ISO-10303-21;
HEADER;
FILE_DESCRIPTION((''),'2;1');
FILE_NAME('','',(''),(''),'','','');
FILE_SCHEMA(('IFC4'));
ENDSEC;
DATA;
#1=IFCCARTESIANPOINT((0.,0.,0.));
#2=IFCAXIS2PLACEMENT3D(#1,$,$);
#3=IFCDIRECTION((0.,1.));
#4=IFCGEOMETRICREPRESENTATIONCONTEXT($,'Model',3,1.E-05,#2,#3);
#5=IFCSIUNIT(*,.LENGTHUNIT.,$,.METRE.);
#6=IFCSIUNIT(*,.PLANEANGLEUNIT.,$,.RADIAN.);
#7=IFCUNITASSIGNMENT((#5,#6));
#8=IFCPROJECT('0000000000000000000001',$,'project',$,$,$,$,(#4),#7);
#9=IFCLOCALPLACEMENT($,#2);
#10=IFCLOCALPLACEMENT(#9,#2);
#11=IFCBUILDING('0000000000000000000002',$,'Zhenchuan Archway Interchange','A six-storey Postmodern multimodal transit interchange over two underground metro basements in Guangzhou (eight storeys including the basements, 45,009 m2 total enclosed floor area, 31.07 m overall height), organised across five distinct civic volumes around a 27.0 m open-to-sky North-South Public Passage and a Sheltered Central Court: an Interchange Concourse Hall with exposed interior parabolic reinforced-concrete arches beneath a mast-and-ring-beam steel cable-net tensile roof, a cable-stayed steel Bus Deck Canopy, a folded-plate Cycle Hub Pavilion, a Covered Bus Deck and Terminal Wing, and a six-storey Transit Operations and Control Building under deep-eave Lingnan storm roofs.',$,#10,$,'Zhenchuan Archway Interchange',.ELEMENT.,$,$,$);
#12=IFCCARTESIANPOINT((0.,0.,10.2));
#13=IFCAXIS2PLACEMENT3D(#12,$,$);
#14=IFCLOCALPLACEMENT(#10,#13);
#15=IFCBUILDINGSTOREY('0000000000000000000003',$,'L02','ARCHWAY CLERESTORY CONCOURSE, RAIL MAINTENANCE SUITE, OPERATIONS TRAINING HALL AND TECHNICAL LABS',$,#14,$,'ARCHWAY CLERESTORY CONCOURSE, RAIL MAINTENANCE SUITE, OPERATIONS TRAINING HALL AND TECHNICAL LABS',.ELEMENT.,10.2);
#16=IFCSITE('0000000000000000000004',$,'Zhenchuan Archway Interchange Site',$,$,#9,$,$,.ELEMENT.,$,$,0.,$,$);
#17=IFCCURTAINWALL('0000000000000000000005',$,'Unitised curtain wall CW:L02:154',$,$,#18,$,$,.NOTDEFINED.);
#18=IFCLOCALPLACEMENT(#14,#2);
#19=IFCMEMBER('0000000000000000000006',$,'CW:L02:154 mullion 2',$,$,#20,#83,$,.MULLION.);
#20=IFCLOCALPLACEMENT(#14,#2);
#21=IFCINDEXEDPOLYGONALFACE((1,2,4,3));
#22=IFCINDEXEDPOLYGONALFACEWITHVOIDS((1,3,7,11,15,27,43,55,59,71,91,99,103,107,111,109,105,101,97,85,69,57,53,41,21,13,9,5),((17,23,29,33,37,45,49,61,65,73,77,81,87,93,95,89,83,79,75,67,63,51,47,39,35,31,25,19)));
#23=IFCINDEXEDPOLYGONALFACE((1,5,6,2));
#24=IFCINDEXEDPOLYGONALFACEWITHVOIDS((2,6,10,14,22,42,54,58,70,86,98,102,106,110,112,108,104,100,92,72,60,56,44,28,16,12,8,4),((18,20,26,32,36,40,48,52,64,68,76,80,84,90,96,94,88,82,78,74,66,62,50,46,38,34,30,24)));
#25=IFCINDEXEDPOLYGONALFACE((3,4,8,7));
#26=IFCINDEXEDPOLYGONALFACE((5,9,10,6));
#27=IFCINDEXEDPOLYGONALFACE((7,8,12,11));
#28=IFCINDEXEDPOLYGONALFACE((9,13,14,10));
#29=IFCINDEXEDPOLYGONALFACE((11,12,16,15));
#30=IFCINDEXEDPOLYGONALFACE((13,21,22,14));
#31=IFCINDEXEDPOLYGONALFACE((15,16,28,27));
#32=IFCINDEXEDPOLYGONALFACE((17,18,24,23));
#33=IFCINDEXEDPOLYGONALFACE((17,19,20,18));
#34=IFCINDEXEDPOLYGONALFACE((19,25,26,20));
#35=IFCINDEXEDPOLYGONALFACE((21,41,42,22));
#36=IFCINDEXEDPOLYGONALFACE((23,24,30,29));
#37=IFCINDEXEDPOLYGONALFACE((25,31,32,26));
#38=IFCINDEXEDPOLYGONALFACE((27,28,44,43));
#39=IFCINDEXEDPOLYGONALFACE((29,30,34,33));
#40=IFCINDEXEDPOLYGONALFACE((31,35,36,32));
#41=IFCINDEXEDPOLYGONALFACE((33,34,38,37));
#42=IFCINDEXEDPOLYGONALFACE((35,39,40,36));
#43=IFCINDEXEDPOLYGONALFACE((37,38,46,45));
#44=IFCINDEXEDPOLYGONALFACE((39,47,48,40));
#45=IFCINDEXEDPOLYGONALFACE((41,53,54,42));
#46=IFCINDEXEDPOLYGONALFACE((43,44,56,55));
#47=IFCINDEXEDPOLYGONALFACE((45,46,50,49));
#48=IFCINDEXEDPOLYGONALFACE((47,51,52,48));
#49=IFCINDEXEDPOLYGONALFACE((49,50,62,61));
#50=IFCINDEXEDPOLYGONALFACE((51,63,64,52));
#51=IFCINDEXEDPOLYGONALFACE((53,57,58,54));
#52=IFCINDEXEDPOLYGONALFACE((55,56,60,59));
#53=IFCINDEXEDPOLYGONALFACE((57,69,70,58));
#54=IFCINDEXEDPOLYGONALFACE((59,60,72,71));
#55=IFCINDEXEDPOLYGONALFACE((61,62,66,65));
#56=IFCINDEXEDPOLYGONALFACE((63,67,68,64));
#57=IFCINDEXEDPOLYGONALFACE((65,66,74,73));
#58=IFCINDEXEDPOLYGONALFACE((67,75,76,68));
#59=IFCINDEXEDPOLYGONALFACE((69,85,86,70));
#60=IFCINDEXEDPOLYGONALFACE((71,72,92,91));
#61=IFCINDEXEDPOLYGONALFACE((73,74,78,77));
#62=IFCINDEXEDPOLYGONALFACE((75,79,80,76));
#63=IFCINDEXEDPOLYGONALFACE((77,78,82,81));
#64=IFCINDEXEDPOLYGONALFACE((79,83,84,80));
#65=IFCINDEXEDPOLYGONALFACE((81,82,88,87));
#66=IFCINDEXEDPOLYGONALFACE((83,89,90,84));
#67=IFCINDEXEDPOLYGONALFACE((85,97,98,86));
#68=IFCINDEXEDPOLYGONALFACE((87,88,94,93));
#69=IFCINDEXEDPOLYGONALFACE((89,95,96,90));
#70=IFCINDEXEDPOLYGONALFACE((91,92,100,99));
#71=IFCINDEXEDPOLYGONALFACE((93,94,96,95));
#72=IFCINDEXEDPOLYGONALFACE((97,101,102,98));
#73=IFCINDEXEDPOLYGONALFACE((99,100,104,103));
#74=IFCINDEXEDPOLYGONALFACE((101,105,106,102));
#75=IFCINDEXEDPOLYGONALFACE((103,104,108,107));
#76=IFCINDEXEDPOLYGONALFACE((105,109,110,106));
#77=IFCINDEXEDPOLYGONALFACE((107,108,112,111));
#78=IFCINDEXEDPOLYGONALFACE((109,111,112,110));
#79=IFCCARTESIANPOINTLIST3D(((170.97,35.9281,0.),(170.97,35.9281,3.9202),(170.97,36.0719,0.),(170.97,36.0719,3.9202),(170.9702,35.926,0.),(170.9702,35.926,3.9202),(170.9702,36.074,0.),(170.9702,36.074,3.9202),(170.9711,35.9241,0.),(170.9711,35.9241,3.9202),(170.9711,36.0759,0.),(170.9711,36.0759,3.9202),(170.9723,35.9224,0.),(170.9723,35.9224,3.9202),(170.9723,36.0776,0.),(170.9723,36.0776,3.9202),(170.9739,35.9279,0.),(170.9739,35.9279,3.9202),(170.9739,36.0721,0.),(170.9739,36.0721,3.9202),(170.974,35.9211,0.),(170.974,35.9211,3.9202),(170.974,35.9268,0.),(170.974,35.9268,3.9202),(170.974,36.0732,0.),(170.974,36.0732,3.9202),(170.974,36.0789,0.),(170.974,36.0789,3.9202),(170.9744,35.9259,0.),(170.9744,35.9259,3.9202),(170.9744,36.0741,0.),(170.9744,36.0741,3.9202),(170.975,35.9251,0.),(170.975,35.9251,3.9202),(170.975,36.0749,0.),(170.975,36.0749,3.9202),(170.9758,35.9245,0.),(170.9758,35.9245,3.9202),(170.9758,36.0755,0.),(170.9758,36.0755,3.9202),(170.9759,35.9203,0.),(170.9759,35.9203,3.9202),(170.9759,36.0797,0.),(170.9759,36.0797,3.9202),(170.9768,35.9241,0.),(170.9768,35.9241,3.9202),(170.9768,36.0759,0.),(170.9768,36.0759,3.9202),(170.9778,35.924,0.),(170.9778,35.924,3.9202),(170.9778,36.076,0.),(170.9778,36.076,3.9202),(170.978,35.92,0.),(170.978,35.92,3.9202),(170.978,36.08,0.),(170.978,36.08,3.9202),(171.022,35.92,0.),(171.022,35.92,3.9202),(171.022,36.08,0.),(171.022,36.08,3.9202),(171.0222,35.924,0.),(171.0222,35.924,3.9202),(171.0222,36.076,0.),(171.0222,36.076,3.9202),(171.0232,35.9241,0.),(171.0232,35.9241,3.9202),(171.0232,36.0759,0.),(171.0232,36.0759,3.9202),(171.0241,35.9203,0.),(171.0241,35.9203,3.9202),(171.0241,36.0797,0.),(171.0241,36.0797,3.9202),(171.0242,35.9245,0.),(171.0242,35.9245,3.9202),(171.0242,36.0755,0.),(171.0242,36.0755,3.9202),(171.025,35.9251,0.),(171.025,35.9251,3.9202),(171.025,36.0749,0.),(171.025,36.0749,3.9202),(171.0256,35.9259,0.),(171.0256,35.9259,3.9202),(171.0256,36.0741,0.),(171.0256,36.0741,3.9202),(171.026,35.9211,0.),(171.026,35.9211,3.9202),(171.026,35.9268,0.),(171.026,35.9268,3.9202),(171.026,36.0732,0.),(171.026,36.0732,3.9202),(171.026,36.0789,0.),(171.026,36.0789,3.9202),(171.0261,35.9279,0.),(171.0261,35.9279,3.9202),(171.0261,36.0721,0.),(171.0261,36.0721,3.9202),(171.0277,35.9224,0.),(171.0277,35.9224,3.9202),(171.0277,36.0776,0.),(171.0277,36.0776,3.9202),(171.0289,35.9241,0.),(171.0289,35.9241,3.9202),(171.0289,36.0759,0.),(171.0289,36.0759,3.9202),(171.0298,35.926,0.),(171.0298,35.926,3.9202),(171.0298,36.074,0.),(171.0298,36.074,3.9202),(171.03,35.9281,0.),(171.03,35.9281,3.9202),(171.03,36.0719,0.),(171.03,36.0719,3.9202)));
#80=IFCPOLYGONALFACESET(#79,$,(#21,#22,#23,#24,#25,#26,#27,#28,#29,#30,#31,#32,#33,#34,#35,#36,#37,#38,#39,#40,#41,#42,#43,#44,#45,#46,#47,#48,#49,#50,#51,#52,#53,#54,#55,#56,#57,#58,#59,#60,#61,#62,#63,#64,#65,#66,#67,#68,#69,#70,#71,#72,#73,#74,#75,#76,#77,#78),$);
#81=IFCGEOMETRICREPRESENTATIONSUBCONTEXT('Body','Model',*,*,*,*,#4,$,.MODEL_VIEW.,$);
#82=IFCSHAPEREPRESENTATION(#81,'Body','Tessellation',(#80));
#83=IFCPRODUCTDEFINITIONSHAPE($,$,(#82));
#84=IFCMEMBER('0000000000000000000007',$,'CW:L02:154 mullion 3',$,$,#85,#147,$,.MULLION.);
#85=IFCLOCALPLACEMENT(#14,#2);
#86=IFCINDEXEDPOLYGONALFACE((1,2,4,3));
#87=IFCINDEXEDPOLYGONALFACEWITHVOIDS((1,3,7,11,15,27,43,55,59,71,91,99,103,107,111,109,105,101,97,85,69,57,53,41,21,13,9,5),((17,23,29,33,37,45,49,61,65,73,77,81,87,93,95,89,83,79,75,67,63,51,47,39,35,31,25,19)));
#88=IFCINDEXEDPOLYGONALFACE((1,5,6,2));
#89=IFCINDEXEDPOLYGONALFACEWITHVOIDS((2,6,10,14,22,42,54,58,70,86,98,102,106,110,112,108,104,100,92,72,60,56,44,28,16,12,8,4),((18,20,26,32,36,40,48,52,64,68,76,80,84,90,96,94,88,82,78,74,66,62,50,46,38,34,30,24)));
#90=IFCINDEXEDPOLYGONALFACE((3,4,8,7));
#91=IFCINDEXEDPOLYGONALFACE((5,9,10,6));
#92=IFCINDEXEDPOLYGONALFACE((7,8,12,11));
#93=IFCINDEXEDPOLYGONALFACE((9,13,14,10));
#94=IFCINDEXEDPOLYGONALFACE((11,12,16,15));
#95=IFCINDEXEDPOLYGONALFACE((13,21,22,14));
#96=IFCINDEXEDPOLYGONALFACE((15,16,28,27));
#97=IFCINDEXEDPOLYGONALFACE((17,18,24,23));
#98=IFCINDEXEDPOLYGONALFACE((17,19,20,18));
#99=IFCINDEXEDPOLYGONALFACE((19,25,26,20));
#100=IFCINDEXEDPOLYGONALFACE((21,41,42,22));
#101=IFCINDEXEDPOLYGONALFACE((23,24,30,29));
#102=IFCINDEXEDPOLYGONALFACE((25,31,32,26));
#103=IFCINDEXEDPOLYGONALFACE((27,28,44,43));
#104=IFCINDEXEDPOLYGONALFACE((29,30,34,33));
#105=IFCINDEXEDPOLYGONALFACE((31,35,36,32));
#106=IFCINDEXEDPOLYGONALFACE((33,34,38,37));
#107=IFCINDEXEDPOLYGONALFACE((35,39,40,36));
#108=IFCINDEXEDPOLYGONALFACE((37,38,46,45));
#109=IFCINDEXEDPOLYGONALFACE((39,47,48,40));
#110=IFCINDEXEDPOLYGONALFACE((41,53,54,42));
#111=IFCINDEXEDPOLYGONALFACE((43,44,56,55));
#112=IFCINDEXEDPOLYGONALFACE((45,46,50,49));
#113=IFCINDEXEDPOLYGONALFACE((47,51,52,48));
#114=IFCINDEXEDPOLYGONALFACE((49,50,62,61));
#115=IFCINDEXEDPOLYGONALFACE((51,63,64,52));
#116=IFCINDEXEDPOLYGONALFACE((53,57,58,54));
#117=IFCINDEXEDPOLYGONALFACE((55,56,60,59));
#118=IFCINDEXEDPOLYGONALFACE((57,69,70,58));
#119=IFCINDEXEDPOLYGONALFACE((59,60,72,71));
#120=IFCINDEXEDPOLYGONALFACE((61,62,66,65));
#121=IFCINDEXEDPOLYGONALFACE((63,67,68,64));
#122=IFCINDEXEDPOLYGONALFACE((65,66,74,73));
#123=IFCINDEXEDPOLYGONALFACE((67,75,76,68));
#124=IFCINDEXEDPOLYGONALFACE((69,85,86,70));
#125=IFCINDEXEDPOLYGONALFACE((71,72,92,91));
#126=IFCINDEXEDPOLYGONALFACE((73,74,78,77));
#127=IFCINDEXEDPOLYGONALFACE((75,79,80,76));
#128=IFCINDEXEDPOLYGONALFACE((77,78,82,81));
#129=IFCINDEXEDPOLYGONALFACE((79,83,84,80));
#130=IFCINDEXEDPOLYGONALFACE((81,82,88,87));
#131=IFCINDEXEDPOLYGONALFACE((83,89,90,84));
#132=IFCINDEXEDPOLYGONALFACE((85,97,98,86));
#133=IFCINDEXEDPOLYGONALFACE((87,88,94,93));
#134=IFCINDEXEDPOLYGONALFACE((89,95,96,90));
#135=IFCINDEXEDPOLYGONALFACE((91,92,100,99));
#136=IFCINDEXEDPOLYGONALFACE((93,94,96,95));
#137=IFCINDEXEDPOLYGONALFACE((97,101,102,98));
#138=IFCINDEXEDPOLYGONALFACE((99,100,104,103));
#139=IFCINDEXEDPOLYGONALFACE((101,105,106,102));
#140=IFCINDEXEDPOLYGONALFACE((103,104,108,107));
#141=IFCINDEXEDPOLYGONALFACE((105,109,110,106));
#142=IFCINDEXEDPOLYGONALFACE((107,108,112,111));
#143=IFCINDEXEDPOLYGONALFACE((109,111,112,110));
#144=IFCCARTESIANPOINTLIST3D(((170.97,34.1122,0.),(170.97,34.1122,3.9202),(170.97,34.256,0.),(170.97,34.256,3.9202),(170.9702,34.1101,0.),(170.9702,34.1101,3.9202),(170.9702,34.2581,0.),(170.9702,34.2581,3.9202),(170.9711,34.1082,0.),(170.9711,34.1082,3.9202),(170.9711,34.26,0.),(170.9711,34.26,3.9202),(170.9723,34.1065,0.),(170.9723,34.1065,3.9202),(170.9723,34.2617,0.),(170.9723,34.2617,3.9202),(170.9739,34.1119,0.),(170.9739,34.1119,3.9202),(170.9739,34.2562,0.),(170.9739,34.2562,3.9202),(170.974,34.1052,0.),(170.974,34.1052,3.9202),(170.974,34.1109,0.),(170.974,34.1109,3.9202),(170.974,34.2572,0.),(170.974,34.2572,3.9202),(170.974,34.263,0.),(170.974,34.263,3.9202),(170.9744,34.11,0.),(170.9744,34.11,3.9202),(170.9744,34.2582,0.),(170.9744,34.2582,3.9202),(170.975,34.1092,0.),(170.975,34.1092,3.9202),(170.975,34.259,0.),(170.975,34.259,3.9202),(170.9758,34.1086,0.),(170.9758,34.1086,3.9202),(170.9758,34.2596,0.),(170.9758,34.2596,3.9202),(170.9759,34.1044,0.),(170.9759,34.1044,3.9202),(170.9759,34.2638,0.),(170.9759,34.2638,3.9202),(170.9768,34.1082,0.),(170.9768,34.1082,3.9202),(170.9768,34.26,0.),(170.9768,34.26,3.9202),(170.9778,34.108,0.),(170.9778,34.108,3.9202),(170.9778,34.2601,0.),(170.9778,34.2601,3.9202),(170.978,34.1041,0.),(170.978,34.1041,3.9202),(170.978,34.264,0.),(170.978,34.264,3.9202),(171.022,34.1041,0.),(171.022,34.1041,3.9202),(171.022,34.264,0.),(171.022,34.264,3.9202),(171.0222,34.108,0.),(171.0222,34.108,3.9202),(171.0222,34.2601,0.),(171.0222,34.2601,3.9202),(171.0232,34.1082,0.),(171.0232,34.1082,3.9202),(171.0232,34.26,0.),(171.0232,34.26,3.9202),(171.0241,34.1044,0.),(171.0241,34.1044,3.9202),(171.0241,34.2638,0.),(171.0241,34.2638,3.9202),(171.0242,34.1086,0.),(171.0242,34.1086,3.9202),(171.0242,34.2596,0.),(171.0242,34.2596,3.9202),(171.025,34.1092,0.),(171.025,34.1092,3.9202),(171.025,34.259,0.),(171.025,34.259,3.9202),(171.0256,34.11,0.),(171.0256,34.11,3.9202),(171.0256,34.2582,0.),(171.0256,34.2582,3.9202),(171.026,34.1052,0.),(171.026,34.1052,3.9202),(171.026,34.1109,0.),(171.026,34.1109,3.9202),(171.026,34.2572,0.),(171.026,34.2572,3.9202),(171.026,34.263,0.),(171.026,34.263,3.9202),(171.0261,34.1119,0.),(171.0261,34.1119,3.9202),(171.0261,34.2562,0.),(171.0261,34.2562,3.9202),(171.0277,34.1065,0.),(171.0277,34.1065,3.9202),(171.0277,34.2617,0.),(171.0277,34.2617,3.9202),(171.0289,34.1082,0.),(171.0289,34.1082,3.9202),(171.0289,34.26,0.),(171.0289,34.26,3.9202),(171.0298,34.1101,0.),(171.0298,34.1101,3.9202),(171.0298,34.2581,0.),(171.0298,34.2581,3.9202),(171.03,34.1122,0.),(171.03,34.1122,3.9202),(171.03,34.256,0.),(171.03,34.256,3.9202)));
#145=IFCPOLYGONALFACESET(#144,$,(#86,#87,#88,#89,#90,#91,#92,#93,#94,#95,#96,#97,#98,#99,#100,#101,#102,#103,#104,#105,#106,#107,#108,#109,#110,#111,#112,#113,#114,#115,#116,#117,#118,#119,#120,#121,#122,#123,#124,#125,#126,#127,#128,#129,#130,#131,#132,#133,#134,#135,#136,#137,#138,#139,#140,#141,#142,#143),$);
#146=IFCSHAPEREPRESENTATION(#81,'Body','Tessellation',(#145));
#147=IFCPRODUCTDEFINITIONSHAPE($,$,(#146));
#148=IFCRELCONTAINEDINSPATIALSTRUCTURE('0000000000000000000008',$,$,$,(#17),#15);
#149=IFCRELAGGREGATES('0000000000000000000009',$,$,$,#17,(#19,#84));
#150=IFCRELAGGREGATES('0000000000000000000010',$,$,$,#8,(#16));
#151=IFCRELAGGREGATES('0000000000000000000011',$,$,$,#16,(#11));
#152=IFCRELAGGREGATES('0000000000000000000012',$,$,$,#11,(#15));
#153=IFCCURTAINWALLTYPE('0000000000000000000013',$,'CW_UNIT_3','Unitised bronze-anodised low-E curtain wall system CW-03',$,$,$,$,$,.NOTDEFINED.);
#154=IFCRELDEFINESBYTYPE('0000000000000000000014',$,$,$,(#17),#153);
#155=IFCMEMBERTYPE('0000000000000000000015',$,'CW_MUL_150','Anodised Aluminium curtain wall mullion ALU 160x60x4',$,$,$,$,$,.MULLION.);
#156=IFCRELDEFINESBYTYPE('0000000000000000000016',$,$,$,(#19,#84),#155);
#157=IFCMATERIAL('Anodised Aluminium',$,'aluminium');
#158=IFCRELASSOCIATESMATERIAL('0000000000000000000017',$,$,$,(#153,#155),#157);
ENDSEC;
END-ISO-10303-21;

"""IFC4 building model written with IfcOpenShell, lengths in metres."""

from ifc_helpers import new_model, si_unit, direction, frame, origin, origin_2d, place, context, subcontext, project, spatial, hollow_rectangle, extrude, material, material_profile, profile_set, type_object, element, aggregate, save


model = new_model("IFC4")

# Units and contexts
model_context = context("Model", 3, precision=1e-05, world=origin(), true_north=direction((0.0, 1.0)))
body_context = subcontext(model_context, "Body", "Model", "MODEL_VIEW")
ifc_project = project(units=[si_unit("LENGTHUNIT", "METRE"), si_unit("PLANEANGLEUNIT", "RADIAN")], contexts=[model_context])

# Site, building, storey
site_placement = place(None, origin())
site = spatial("IfcSite", under=ifc_project, at=site_placement, Name="Zhenchuan Archway Interchange Site", CompositionType="ELEMENT", RefElevation=0.0)
building_placement = place(site_placement, origin())
building = spatial("IfcBuilding", under=site, at=building_placement, Name="Zhenchuan Archway Interchange", Description="A six-storey Postmodern multimodal transit interchange over two underground metro basements in Guangzhou (eight storeys including the basements, 45,009 m2 total enclosed floor area, 31.07 m overall height), organised across five distinct civic volumes around a 27.0 m open-to-sky North-South Public Passage and a Sheltered Central Court: an Interchange Concourse Hall with exposed interior parabolic reinforced-concrete arches beneath a mast-and-ring-beam steel cable-net tensile roof, a cable-stayed steel Bus Deck Canopy, a folded-plate Cycle Hub Pavilion, a Covered Bus Deck and Terminal Wing, and a six-storey Transit Operations and Control Building under deep-eave Lingnan storm roofs.", LongName="Zhenchuan Archway Interchange", CompositionType="ELEMENT")
storey_placement = place(building_placement, frame((0.0, 0.0, 10.2)))
storey = spatial("IfcBuildingStorey", under=building, at=storey_placement, Name="L02", Description="ARCHWAY CLERESTORY CONCOURSE, RAIL MAINTENANCE SUITE, OPERATIONS TRAINING HALL AND TECHNICAL LABS", LongName="ARCHWAY CLERESTORY CONCOURSE, RAIL MAINTENANCE SUITE, OPERATIONS TRAINING HALL AND TECHNICAL LABS", CompositionType="ELEMENT", Elevation=10.2)

# Curtain wall, members
ifc_material_1 = material(Name="Anodised Aluminium", Category="aluminium")
curtain_wall_type = type_object("IfcCurtainWallType", Name="CW_UNIT_3", Description="Unitised bronze-anodised low-E curtain wall system CW-03", PredefinedType="NOTDEFINED", material=ifc_material_1)
curtain_wall_placement = place(storey_placement, origin())
curtain_wall = element("IfcCurtainWall", 1, at=curtain_wall_placement, inside=storey, type_object=curtain_wall_type, Name="Unitised curtain wall CW:L02:154", PredefinedType="NOTDEFINED")
ifc_material_profile_1 = material_profile(ifc_material_1, hollow_rectangle(XDim=0.0601, YDim=0.1599, WallThickness=0.0039, InnerFilletRadius=0.0039, OuterFilletRadius=0.0081, at=origin_2d()), Name="ALU 160x60x4")
ifc_profile_set_1 = profile_set([ifc_material_profile_1], Name="Anodised Aluminium")
member_type_1 = type_object("IfcMemberType", Name="CW_MUL_150", Description="Anodised Aluminium curtain wall mullion ALU 160x60x4", PredefinedType="MULLION", material=ifc_profile_set_1)
member_1_placement = place(storey_placement, frame((171.0, 36.0, 0.0), z_axis=(0.0, 0.0, 1.0), x_axis=(1.0, 0.0, 0.0)))
member_1 = element("IfcMember", 2, at=member_1_placement, type_object=member_type_1, Name="CW:L02:154 mullion 2", PredefinedType="MULLION", context=body_context, shape_type="SweptSolid", body=[
    extrude(hollow_rectangle(XDim=0.0601, YDim=0.1599, WallThickness=0.0039, InnerFilletRadius=0.0039, OuterFilletRadius=0.0081, at=origin_2d()), origin(), (0.0, 0.0, 1.0), 3.9202),
])
member_2_placement = place(storey_placement, frame((171.0, 34.1841, 0.0), z_axis=(0.0, 0.0, 1.0), x_axis=(1.0, 0.0, 0.0)))
member_2 = element("IfcMember", 3, at=member_2_placement, type_object=member_type_1, Name="CW:L02:154 mullion 3", PredefinedType="MULLION", context=body_context, shape_type="SweptSolid", body=[
    extrude(hollow_rectangle(XDim=0.0601, YDim=0.1599, WallThickness=0.0039, InnerFilletRadius=0.0039, OuterFilletRadius=0.0081, at=origin_2d()), origin(), (0.0, 0.0, 1.0), 3.9202),
])
aggregate(curtain_wall, [member_1, member_2])

save(model, "model.ifc")
